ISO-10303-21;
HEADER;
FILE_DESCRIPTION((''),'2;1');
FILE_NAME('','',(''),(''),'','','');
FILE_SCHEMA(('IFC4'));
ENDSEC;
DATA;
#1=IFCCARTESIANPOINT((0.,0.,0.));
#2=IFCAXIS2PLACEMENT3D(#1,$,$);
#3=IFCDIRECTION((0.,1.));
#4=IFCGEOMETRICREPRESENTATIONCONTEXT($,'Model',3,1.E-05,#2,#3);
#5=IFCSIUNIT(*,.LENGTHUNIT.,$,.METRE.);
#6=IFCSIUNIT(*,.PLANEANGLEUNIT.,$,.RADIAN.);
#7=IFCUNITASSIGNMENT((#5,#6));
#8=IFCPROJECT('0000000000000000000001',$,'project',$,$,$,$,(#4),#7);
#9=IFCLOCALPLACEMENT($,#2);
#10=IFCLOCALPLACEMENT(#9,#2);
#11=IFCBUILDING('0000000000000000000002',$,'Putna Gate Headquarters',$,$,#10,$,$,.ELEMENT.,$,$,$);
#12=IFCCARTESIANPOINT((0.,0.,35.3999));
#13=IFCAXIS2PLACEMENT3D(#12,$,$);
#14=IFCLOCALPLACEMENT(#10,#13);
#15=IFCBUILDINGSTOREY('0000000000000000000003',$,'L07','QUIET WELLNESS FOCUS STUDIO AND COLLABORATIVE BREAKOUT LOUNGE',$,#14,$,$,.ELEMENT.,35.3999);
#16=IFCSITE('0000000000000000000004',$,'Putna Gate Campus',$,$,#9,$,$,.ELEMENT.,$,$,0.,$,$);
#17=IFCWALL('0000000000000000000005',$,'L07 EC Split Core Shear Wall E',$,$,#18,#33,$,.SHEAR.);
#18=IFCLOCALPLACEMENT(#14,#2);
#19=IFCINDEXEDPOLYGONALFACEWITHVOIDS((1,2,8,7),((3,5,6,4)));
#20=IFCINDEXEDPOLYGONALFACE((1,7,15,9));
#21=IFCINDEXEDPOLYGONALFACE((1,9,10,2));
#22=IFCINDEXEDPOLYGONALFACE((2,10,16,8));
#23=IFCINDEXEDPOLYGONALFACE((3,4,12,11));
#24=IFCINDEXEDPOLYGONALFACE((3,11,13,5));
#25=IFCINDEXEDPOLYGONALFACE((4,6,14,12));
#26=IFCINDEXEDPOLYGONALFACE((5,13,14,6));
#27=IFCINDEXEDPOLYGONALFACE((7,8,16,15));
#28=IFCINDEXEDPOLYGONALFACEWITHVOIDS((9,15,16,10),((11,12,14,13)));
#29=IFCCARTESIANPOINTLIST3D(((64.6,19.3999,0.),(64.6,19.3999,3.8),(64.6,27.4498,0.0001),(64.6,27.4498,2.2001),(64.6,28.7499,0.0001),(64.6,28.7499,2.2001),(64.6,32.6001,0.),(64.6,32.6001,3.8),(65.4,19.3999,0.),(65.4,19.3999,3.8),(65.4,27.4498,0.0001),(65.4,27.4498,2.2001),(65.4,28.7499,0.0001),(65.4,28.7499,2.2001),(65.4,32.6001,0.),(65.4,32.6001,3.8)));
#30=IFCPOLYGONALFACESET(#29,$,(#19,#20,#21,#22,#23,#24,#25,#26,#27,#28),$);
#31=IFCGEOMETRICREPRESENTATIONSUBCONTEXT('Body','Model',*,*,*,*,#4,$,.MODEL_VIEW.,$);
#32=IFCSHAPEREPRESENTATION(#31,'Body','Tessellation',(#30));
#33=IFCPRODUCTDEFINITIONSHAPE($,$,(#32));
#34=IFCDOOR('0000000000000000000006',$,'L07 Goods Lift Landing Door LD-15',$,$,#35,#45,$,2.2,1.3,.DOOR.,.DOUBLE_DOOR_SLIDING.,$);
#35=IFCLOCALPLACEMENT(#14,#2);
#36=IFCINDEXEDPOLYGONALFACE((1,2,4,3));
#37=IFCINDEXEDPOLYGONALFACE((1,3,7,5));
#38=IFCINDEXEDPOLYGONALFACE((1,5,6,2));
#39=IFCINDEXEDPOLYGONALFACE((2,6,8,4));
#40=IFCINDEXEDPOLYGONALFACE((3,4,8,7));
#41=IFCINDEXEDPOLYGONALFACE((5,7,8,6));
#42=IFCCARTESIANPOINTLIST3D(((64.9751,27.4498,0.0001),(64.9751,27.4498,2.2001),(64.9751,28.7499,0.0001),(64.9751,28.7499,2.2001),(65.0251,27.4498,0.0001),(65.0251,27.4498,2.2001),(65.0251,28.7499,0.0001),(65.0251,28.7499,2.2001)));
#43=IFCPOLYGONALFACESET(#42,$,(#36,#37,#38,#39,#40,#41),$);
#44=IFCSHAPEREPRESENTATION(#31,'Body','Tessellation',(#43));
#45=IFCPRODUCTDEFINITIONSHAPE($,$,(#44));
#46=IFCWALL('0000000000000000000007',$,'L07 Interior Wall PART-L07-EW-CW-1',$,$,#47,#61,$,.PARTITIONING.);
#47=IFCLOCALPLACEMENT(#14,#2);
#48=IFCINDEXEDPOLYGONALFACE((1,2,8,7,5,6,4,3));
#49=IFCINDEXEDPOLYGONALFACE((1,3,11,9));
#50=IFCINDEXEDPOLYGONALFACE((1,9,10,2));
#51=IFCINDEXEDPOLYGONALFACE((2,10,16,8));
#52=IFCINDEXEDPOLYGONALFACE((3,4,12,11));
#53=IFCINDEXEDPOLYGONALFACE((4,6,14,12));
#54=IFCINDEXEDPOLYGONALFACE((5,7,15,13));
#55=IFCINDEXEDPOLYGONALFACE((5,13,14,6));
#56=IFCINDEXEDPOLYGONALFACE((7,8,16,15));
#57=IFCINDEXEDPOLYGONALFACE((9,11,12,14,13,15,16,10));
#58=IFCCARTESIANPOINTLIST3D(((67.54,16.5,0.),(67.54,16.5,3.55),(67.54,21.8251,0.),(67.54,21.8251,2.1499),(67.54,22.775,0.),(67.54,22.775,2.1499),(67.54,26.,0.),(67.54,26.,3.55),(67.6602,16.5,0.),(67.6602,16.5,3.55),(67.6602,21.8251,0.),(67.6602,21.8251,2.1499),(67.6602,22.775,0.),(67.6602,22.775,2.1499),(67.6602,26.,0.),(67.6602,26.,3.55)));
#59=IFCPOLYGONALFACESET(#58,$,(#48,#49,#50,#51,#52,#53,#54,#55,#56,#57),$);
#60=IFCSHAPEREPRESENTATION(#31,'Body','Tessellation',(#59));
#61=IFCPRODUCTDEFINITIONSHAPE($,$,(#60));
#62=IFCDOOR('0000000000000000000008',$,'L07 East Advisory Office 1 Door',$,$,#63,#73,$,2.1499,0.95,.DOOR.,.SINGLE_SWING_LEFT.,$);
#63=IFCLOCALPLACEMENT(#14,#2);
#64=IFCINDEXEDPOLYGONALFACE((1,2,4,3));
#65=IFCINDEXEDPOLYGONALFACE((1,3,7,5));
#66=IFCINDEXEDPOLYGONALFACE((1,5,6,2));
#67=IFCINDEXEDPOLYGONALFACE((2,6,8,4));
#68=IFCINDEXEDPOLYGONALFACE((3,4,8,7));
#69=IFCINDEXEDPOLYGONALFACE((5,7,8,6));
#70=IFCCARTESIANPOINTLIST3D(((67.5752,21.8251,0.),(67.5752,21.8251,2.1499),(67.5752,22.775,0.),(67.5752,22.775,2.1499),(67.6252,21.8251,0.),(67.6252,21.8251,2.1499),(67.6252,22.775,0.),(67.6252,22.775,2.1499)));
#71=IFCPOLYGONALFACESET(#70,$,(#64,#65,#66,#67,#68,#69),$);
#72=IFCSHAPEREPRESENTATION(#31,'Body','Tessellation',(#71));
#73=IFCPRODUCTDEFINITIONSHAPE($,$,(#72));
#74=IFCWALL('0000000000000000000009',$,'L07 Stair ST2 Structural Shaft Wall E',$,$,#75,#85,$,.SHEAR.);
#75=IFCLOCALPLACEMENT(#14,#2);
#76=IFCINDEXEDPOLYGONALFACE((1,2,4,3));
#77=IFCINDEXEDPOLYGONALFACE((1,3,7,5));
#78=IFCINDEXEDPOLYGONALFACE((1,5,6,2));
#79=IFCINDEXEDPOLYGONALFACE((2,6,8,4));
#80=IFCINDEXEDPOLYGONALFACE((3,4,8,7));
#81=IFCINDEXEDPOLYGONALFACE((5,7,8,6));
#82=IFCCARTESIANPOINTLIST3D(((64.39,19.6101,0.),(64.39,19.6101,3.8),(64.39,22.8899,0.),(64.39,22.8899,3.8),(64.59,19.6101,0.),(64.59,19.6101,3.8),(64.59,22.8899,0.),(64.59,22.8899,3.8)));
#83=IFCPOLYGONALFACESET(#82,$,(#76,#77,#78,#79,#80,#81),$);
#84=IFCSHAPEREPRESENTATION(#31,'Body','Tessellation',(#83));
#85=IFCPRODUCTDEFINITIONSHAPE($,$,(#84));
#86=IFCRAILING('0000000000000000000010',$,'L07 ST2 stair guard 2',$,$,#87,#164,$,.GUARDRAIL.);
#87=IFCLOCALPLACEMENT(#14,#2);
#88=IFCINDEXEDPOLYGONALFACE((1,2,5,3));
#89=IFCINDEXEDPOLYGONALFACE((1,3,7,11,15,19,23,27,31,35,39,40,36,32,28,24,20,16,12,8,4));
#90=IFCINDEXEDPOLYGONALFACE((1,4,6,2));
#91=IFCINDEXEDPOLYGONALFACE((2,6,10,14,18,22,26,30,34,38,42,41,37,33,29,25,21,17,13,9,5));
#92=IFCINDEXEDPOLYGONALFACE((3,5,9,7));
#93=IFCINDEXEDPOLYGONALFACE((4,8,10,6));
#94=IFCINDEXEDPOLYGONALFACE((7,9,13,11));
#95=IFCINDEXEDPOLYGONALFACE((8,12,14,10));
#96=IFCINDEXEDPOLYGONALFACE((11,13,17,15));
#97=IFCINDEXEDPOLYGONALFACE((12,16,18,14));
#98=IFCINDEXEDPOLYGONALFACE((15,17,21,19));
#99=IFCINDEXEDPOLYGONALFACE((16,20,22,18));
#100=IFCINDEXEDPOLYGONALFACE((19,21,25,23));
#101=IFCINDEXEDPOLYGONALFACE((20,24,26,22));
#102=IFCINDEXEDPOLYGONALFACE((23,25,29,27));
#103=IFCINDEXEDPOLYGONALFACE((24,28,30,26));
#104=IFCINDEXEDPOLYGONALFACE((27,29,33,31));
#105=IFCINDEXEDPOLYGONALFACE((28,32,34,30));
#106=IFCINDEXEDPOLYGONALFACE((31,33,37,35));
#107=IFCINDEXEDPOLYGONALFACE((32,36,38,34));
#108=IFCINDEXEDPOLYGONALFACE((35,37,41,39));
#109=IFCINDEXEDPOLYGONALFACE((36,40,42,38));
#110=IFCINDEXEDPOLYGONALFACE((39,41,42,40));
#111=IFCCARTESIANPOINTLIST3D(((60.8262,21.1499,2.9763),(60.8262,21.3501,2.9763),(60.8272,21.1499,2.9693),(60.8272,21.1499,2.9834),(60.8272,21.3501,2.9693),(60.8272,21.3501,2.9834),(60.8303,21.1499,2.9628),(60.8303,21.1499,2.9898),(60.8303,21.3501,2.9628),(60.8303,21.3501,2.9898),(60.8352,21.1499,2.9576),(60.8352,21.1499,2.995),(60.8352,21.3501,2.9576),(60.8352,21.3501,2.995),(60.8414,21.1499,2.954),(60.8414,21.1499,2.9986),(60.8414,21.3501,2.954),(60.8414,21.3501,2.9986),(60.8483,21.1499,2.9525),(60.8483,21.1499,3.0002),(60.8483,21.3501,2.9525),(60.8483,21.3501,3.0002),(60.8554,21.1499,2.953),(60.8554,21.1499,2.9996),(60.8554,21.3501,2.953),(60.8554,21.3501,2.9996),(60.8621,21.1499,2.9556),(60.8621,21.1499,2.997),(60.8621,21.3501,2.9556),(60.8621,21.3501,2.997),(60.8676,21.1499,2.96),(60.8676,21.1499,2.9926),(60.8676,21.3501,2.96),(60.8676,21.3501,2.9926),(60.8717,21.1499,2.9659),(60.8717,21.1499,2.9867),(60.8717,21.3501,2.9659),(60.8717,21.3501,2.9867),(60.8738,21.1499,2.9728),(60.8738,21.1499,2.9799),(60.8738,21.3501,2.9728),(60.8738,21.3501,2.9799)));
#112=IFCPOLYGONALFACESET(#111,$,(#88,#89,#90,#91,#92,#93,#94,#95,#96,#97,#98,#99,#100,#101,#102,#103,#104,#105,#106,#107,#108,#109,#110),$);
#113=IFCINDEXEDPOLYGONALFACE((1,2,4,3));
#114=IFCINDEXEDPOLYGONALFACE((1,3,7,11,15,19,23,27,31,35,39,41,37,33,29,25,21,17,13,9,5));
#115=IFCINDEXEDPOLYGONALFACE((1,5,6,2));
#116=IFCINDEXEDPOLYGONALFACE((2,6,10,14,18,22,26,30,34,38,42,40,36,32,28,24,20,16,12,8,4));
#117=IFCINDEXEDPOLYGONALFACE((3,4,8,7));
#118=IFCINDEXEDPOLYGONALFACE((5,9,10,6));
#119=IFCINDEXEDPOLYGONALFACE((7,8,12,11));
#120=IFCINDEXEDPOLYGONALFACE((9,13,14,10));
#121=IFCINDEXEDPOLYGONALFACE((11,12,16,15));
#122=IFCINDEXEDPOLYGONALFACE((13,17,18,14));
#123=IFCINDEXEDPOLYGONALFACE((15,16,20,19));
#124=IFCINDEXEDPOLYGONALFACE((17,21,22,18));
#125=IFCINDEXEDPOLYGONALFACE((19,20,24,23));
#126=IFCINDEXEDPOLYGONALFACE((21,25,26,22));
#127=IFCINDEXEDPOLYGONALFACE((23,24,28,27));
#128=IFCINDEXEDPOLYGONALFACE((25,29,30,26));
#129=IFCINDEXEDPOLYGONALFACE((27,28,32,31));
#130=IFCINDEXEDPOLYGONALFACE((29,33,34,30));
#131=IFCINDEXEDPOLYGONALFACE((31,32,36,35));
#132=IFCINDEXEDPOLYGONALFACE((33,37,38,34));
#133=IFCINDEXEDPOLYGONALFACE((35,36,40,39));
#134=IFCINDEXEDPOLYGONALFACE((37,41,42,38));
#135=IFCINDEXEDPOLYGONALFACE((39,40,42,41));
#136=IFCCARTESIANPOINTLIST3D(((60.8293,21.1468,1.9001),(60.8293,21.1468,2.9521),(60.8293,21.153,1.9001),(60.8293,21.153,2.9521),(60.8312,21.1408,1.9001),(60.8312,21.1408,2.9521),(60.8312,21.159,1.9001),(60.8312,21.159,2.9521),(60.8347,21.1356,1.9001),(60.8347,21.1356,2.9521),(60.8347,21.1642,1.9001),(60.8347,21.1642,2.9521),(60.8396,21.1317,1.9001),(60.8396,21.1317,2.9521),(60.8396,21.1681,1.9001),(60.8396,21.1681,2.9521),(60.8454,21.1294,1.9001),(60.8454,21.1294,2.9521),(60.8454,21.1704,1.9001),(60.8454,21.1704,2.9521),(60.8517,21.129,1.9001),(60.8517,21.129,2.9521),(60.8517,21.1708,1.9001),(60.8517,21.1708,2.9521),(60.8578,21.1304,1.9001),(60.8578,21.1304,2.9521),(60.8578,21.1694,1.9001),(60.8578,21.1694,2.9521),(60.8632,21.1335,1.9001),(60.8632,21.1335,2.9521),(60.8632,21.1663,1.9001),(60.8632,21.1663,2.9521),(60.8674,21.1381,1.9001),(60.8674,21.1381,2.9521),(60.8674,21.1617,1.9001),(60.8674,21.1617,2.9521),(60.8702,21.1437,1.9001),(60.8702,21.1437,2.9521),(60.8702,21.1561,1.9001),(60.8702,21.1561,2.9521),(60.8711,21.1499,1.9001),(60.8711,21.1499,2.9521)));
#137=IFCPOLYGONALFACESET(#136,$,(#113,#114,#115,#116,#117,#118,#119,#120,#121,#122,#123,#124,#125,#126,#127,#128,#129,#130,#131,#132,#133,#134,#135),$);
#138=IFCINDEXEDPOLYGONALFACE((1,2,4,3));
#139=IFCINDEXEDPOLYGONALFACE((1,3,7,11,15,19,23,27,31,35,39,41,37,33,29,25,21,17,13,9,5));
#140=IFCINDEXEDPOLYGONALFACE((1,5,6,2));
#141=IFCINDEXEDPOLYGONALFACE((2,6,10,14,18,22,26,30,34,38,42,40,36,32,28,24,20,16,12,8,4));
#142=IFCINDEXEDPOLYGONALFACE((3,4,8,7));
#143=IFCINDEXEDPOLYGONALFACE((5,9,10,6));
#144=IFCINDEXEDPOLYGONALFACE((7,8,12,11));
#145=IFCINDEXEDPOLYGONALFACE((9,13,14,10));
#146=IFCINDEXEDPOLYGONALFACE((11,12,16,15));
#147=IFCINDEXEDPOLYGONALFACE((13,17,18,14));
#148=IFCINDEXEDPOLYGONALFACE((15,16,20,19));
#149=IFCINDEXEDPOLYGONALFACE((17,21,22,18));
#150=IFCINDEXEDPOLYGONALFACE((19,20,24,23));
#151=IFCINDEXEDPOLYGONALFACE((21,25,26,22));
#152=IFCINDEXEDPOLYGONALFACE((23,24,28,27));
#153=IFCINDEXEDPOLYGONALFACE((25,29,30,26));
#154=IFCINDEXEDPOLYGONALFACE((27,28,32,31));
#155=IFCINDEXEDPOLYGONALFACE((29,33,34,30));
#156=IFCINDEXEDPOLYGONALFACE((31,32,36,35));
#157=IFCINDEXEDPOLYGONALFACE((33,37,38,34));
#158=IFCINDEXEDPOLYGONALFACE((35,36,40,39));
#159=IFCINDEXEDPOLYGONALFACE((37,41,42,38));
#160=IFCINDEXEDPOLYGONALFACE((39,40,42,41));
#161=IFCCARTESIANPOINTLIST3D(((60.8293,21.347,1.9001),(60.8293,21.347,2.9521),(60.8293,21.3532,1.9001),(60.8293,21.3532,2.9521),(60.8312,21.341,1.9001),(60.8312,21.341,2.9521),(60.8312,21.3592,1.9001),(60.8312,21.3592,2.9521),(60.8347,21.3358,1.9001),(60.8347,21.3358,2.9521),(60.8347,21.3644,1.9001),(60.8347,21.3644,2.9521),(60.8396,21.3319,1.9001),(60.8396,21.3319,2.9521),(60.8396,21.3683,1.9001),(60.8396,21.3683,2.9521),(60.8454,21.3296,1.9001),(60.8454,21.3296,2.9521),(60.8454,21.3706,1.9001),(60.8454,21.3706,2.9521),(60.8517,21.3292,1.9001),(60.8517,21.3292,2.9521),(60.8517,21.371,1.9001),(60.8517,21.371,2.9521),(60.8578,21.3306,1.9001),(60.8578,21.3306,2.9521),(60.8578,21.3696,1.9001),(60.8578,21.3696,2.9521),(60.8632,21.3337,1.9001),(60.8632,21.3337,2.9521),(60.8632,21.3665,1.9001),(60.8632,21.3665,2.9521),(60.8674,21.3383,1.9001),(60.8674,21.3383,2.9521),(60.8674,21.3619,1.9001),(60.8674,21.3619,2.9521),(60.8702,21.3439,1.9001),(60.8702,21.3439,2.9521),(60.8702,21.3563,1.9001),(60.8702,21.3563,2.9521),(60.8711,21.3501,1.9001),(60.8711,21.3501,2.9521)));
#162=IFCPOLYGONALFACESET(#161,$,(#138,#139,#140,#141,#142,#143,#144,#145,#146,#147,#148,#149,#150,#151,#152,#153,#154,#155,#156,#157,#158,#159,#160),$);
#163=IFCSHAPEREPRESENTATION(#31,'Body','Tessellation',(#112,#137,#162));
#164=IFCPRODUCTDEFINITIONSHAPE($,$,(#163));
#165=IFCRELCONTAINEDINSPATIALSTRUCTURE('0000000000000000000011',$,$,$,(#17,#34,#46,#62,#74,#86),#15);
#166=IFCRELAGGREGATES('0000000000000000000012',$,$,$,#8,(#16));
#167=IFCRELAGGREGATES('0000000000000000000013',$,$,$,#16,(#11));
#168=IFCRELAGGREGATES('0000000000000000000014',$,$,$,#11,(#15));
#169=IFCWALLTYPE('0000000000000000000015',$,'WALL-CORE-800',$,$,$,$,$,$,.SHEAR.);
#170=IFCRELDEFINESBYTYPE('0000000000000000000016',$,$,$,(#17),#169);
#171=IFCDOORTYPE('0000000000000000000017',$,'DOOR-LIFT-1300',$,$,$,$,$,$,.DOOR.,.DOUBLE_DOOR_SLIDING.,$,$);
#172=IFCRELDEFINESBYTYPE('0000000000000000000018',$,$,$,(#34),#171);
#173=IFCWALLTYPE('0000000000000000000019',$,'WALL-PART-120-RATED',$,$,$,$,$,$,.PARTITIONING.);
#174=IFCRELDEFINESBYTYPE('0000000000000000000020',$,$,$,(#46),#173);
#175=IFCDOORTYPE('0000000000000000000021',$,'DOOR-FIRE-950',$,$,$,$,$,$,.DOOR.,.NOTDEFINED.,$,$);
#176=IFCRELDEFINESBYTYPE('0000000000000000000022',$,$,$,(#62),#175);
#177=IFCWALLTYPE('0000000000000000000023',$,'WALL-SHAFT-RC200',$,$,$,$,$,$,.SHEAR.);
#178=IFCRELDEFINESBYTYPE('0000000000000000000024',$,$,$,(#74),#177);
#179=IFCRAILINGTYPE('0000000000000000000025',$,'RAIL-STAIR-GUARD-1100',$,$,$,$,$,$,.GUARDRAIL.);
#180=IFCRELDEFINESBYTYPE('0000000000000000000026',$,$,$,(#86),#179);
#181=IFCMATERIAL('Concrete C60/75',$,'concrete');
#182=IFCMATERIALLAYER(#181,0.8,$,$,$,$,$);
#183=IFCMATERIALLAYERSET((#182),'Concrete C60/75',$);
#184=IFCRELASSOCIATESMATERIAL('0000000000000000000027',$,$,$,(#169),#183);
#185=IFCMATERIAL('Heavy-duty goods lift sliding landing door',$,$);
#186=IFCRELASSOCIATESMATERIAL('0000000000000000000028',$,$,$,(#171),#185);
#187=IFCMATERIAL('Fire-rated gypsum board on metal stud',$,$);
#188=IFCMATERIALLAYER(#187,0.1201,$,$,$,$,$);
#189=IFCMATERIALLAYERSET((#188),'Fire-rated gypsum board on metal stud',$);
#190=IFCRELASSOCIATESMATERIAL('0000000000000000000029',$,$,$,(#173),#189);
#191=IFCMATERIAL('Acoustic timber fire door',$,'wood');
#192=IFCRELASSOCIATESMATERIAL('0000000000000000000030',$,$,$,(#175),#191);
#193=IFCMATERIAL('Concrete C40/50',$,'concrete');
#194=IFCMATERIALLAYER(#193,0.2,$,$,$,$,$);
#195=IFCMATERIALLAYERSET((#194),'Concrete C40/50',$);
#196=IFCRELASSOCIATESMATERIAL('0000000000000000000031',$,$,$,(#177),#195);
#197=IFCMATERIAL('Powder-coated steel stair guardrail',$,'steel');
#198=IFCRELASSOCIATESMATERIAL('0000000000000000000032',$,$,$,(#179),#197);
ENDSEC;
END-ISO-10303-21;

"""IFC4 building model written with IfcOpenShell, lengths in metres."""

from ifc_helpers import new_model, si_unit, direction, frame, frame_2d, origin, origin_2d, place, context, subcontext, project, spatial, rectangle, circle, extrude, material, layer, layer_set, type_object, element, fill, save


model = new_model("IFC4")

# Units and contexts
model_context = context("Model", 3, precision=1e-05, world=origin(), true_north=direction((0.0, 1.0)))
body_context = subcontext(model_context, "Body", "Model", "MODEL_VIEW")
ifc_project = project(units=[si_unit("LENGTHUNIT", "METRE"), si_unit("PLANEANGLEUNIT", "RADIAN")], contexts=[model_context])

# Site, building, storey
site_placement = place(None, origin())
site = spatial("IfcSite", under=ifc_project, at=site_placement, Name="Putna Gate Campus", CompositionType="ELEMENT", RefElevation=0.0)
building_placement = place(site_placement, origin())
building = spatial("IfcBuilding", under=site, at=building_placement, Name="Putna Gate Headquarters", CompositionType="ELEMENT")
storey_placement = place(building_placement, frame((0.0, 0.0, 35.3999)))
storey = spatial("IfcBuildingStorey", under=building, at=storey_placement, Name="L07", Description="QUIET WELLNESS FOCUS STUDIO AND COLLABORATIVE BREAKOUT LOUNGE", CompositionType="ELEMENT", Elevation=35.3999)

# Shared definitions
ifc_material_1 = material(Name="Concrete C60/75", Category="concrete")

# Walls, openings, doors
ifc_layer_1 = layer(ifc_material_1, 0.8)
ifc_layer_set_1 = layer_set([ifc_layer_1], Name="Concrete C60/75")
wall_type_1 = type_object("IfcWallType", Name="WALL-CORE-800", PredefinedType="SHEAR", material=ifc_layer_set_1)
wall_1_placement = place(storey_placement, frame((65.0, 19.3999, 0.0), z_axis=(0.0, 0.0, 1.0), x_axis=(0.0, 1.0, 0.0)))
wall_1 = element("IfcWall", 1, at=wall_1_placement, inside=storey, type_object=wall_type_1, Name="L07 EC Split Core Shear Wall E", PredefinedType="SHEAR", context=body_context, shape_type="SweptSolid", body=[
    extrude(rectangle(XDim=13.2002, YDim=0.8, at=frame_2d((6.6001, 0.0))), origin(), (0.0, 0.0, 1.0), 3.8),
])
opening_1_placement = place(wall_1_placement, frame((8.05, 0.0, 0.0)))
opening_1 = element("IfcOpeningElement", 2, at=opening_1_placement, cuts=wall_1, PredefinedType="OPENING", context=body_context, shape_type="SweptSolid", body=[
    extrude(rectangle(XDim=1.3, YDim=2.2, at=frame_2d((0.6499, 1.1001))), frame((0.0, 0.4099, 0.0), z_axis=(0.0, -1.0, 0.0), x_axis=(1.0, 0.0, 0.0)), (0.0, 0.0, 1.0), 0.8201),
])
ifc_material_2 = material(Name="Heavy-duty goods lift sliding landing door")
door_type_1 = type_object("IfcDoorType", Name="DOOR-LIFT-1300", OperationType="DOUBLE_DOOR_SLIDING", PredefinedType="DOOR", material=ifc_material_2)
door_1_placement = place(opening_1_placement, origin())
door_1 = element("IfcDoor", 3, at=door_1_placement, inside=storey, type_object=door_type_1, Name="L07 Goods Lift Landing Door LD-15", OperationType="DOUBLE_DOOR_SLIDING", OverallHeight=2.2, OverallWidth=1.3, PredefinedType="DOOR", context=body_context, shape_type="SweptSolid", body=[
    extrude(rectangle(XDim=1.3, YDim=2.2, at=frame_2d((0.6499, 1.1001))), frame((0.0, 0.0249, 0.0), z_axis=(0.0, -1.0, 0.0), x_axis=(1.0, 0.0, 0.0)), (0.0, 0.0, 1.0), 0.05),
])
fill(opening_1, door_1)
ifc_material_3 = material(Name="Fire-rated gypsum board on metal stud")
ifc_layer_2 = layer(ifc_material_3, 0.1201)
ifc_layer_set_2 = layer_set([ifc_layer_2], Name="Fire-rated gypsum board on metal stud")
wall_type_2 = type_object("IfcWallType", Name="WALL-PART-120-RATED", PredefinedType="PARTITIONING", material=ifc_layer_set_2)
wall_2_placement = place(storey_placement, frame((67.6001, 16.5, 0.0), z_axis=(0.0, 0.0, 1.0), x_axis=(0.0, 1.0, 0.0)))
wall_2 = element("IfcWall", 4, at=wall_2_placement, inside=storey, type_object=wall_type_2, Name="L07 Interior Wall PART-L07-EW-CW-1", PredefinedType="PARTITIONING", context=body_context, shape_type="SweptSolid", body=[
    extrude(rectangle(XDim=9.5, YDim=0.1201, at=frame_2d((4.75, 0.0))), origin(), (0.0, 0.0, 1.0), 3.55),
])
opening_2_placement = place(wall_2_placement, frame((5.325, 0.0, 0.0)))
opening_2 = element("IfcOpeningElement", 5, at=opening_2_placement, cuts=wall_2, PredefinedType="OPENING", context=body_context, shape_type="SweptSolid", body=[
    extrude(rectangle(XDim=0.95, YDim=2.1499, at=frame_2d((0.4751, 1.075))), frame((0.0, 0.0701, 0.0), z_axis=(0.0, -1.0, 0.0), x_axis=(1.0, 0.0, 0.0)), (0.0, 0.0, 1.0), 0.1401),
])
ifc_material_4 = material(Name="Acoustic timber fire door", Category="wood")
door_type_2 = type_object("IfcDoorType", Name="DOOR-FIRE-950", OperationType="NOTDEFINED", PredefinedType="DOOR", material=ifc_material_4)
door_2_placement = place(opening_2_placement, origin())
door_2 = element("IfcDoor", 6, at=door_2_placement, inside=storey, type_object=door_type_2, Name="L07 East Advisory Office 1 Door", OperationType="SINGLE_SWING_LEFT", OverallHeight=2.1499, OverallWidth=0.95, PredefinedType="DOOR", context=body_context, shape_type="SweptSolid", body=[
    extrude(rectangle(XDim=0.95, YDim=2.1499, at=frame_2d((0.4751, 1.075))), frame((0.0, 0.0249, 0.0), z_axis=(0.0, -1.0, 0.0), x_axis=(1.0, 0.0, 0.0)), (0.0, 0.0, 1.0), 0.05),
])
fill(opening_2, door_2)

# Wall
ifc_material_5 = material(Name="Concrete C40/50", Category="concrete")
ifc_layer_3 = layer(ifc_material_5, 0.2)
ifc_layer_set_3 = layer_set([ifc_layer_3], Name="Concrete C40/50")
wall_type_3 = type_object("IfcWallType", Name="WALL-SHAFT-RC200", PredefinedType="SHEAR", material=ifc_layer_set_3)
wall_3_placement = place(storey_placement, frame((64.49, 19.6101, 0.0), z_axis=(0.0, 0.0, 1.0), x_axis=(0.0, 1.0, 0.0)))
element("IfcWall", 7, at=wall_3_placement, inside=storey, type_object=wall_type_3, Name="L07 Stair ST2 Structural Shaft Wall E", PredefinedType="SHEAR", context=body_context, shape_type="SweptSolid", body=[
    extrude(rectangle(XDim=3.2798, YDim=0.2, at=frame_2d((1.6399, 0.0))), origin(), (0.0, 0.0, 1.0), 3.8),
])

# Railing
ifc_material_6 = material(Name="Powder-coated steel stair guardrail", Category="steel")
railing_type = type_object("IfcRailingType", Name="RAIL-STAIR-GUARD-1100", PredefinedType="GUARDRAIL", material=ifc_material_6)
railing_1_placement = place(storey_placement, frame((60.8501, 21.1499, 1.9001)))
element("IfcRailing", 8, at=railing_1_placement, inside=storey, type_object=railing_type, Name="L07 ST2 stair guard 2", PredefinedType="GUARDRAIL", context=body_context, shape_type="SweptSolid", body=[
    extrude(circle(Radius=0.0239, at=origin_2d()), frame((0.0, 0.0, 1.0762), z_axis=(0.0, 1.0, 0.0), x_axis=(-1.0, 0.0, 0.0)), (0.0, 0.0, 1.0), 0.2002),
    extrude(circle(Radius=0.021, at=origin_2d()), origin(), (0.0, 0.0, 1.0), 1.052),
    extrude(circle(Radius=0.021, at=origin_2d()), frame((0.0, 0.2002, 0.0)), (0.0, 0.0, 1.0), 1.052),
])

save(model, "model.ifc")
